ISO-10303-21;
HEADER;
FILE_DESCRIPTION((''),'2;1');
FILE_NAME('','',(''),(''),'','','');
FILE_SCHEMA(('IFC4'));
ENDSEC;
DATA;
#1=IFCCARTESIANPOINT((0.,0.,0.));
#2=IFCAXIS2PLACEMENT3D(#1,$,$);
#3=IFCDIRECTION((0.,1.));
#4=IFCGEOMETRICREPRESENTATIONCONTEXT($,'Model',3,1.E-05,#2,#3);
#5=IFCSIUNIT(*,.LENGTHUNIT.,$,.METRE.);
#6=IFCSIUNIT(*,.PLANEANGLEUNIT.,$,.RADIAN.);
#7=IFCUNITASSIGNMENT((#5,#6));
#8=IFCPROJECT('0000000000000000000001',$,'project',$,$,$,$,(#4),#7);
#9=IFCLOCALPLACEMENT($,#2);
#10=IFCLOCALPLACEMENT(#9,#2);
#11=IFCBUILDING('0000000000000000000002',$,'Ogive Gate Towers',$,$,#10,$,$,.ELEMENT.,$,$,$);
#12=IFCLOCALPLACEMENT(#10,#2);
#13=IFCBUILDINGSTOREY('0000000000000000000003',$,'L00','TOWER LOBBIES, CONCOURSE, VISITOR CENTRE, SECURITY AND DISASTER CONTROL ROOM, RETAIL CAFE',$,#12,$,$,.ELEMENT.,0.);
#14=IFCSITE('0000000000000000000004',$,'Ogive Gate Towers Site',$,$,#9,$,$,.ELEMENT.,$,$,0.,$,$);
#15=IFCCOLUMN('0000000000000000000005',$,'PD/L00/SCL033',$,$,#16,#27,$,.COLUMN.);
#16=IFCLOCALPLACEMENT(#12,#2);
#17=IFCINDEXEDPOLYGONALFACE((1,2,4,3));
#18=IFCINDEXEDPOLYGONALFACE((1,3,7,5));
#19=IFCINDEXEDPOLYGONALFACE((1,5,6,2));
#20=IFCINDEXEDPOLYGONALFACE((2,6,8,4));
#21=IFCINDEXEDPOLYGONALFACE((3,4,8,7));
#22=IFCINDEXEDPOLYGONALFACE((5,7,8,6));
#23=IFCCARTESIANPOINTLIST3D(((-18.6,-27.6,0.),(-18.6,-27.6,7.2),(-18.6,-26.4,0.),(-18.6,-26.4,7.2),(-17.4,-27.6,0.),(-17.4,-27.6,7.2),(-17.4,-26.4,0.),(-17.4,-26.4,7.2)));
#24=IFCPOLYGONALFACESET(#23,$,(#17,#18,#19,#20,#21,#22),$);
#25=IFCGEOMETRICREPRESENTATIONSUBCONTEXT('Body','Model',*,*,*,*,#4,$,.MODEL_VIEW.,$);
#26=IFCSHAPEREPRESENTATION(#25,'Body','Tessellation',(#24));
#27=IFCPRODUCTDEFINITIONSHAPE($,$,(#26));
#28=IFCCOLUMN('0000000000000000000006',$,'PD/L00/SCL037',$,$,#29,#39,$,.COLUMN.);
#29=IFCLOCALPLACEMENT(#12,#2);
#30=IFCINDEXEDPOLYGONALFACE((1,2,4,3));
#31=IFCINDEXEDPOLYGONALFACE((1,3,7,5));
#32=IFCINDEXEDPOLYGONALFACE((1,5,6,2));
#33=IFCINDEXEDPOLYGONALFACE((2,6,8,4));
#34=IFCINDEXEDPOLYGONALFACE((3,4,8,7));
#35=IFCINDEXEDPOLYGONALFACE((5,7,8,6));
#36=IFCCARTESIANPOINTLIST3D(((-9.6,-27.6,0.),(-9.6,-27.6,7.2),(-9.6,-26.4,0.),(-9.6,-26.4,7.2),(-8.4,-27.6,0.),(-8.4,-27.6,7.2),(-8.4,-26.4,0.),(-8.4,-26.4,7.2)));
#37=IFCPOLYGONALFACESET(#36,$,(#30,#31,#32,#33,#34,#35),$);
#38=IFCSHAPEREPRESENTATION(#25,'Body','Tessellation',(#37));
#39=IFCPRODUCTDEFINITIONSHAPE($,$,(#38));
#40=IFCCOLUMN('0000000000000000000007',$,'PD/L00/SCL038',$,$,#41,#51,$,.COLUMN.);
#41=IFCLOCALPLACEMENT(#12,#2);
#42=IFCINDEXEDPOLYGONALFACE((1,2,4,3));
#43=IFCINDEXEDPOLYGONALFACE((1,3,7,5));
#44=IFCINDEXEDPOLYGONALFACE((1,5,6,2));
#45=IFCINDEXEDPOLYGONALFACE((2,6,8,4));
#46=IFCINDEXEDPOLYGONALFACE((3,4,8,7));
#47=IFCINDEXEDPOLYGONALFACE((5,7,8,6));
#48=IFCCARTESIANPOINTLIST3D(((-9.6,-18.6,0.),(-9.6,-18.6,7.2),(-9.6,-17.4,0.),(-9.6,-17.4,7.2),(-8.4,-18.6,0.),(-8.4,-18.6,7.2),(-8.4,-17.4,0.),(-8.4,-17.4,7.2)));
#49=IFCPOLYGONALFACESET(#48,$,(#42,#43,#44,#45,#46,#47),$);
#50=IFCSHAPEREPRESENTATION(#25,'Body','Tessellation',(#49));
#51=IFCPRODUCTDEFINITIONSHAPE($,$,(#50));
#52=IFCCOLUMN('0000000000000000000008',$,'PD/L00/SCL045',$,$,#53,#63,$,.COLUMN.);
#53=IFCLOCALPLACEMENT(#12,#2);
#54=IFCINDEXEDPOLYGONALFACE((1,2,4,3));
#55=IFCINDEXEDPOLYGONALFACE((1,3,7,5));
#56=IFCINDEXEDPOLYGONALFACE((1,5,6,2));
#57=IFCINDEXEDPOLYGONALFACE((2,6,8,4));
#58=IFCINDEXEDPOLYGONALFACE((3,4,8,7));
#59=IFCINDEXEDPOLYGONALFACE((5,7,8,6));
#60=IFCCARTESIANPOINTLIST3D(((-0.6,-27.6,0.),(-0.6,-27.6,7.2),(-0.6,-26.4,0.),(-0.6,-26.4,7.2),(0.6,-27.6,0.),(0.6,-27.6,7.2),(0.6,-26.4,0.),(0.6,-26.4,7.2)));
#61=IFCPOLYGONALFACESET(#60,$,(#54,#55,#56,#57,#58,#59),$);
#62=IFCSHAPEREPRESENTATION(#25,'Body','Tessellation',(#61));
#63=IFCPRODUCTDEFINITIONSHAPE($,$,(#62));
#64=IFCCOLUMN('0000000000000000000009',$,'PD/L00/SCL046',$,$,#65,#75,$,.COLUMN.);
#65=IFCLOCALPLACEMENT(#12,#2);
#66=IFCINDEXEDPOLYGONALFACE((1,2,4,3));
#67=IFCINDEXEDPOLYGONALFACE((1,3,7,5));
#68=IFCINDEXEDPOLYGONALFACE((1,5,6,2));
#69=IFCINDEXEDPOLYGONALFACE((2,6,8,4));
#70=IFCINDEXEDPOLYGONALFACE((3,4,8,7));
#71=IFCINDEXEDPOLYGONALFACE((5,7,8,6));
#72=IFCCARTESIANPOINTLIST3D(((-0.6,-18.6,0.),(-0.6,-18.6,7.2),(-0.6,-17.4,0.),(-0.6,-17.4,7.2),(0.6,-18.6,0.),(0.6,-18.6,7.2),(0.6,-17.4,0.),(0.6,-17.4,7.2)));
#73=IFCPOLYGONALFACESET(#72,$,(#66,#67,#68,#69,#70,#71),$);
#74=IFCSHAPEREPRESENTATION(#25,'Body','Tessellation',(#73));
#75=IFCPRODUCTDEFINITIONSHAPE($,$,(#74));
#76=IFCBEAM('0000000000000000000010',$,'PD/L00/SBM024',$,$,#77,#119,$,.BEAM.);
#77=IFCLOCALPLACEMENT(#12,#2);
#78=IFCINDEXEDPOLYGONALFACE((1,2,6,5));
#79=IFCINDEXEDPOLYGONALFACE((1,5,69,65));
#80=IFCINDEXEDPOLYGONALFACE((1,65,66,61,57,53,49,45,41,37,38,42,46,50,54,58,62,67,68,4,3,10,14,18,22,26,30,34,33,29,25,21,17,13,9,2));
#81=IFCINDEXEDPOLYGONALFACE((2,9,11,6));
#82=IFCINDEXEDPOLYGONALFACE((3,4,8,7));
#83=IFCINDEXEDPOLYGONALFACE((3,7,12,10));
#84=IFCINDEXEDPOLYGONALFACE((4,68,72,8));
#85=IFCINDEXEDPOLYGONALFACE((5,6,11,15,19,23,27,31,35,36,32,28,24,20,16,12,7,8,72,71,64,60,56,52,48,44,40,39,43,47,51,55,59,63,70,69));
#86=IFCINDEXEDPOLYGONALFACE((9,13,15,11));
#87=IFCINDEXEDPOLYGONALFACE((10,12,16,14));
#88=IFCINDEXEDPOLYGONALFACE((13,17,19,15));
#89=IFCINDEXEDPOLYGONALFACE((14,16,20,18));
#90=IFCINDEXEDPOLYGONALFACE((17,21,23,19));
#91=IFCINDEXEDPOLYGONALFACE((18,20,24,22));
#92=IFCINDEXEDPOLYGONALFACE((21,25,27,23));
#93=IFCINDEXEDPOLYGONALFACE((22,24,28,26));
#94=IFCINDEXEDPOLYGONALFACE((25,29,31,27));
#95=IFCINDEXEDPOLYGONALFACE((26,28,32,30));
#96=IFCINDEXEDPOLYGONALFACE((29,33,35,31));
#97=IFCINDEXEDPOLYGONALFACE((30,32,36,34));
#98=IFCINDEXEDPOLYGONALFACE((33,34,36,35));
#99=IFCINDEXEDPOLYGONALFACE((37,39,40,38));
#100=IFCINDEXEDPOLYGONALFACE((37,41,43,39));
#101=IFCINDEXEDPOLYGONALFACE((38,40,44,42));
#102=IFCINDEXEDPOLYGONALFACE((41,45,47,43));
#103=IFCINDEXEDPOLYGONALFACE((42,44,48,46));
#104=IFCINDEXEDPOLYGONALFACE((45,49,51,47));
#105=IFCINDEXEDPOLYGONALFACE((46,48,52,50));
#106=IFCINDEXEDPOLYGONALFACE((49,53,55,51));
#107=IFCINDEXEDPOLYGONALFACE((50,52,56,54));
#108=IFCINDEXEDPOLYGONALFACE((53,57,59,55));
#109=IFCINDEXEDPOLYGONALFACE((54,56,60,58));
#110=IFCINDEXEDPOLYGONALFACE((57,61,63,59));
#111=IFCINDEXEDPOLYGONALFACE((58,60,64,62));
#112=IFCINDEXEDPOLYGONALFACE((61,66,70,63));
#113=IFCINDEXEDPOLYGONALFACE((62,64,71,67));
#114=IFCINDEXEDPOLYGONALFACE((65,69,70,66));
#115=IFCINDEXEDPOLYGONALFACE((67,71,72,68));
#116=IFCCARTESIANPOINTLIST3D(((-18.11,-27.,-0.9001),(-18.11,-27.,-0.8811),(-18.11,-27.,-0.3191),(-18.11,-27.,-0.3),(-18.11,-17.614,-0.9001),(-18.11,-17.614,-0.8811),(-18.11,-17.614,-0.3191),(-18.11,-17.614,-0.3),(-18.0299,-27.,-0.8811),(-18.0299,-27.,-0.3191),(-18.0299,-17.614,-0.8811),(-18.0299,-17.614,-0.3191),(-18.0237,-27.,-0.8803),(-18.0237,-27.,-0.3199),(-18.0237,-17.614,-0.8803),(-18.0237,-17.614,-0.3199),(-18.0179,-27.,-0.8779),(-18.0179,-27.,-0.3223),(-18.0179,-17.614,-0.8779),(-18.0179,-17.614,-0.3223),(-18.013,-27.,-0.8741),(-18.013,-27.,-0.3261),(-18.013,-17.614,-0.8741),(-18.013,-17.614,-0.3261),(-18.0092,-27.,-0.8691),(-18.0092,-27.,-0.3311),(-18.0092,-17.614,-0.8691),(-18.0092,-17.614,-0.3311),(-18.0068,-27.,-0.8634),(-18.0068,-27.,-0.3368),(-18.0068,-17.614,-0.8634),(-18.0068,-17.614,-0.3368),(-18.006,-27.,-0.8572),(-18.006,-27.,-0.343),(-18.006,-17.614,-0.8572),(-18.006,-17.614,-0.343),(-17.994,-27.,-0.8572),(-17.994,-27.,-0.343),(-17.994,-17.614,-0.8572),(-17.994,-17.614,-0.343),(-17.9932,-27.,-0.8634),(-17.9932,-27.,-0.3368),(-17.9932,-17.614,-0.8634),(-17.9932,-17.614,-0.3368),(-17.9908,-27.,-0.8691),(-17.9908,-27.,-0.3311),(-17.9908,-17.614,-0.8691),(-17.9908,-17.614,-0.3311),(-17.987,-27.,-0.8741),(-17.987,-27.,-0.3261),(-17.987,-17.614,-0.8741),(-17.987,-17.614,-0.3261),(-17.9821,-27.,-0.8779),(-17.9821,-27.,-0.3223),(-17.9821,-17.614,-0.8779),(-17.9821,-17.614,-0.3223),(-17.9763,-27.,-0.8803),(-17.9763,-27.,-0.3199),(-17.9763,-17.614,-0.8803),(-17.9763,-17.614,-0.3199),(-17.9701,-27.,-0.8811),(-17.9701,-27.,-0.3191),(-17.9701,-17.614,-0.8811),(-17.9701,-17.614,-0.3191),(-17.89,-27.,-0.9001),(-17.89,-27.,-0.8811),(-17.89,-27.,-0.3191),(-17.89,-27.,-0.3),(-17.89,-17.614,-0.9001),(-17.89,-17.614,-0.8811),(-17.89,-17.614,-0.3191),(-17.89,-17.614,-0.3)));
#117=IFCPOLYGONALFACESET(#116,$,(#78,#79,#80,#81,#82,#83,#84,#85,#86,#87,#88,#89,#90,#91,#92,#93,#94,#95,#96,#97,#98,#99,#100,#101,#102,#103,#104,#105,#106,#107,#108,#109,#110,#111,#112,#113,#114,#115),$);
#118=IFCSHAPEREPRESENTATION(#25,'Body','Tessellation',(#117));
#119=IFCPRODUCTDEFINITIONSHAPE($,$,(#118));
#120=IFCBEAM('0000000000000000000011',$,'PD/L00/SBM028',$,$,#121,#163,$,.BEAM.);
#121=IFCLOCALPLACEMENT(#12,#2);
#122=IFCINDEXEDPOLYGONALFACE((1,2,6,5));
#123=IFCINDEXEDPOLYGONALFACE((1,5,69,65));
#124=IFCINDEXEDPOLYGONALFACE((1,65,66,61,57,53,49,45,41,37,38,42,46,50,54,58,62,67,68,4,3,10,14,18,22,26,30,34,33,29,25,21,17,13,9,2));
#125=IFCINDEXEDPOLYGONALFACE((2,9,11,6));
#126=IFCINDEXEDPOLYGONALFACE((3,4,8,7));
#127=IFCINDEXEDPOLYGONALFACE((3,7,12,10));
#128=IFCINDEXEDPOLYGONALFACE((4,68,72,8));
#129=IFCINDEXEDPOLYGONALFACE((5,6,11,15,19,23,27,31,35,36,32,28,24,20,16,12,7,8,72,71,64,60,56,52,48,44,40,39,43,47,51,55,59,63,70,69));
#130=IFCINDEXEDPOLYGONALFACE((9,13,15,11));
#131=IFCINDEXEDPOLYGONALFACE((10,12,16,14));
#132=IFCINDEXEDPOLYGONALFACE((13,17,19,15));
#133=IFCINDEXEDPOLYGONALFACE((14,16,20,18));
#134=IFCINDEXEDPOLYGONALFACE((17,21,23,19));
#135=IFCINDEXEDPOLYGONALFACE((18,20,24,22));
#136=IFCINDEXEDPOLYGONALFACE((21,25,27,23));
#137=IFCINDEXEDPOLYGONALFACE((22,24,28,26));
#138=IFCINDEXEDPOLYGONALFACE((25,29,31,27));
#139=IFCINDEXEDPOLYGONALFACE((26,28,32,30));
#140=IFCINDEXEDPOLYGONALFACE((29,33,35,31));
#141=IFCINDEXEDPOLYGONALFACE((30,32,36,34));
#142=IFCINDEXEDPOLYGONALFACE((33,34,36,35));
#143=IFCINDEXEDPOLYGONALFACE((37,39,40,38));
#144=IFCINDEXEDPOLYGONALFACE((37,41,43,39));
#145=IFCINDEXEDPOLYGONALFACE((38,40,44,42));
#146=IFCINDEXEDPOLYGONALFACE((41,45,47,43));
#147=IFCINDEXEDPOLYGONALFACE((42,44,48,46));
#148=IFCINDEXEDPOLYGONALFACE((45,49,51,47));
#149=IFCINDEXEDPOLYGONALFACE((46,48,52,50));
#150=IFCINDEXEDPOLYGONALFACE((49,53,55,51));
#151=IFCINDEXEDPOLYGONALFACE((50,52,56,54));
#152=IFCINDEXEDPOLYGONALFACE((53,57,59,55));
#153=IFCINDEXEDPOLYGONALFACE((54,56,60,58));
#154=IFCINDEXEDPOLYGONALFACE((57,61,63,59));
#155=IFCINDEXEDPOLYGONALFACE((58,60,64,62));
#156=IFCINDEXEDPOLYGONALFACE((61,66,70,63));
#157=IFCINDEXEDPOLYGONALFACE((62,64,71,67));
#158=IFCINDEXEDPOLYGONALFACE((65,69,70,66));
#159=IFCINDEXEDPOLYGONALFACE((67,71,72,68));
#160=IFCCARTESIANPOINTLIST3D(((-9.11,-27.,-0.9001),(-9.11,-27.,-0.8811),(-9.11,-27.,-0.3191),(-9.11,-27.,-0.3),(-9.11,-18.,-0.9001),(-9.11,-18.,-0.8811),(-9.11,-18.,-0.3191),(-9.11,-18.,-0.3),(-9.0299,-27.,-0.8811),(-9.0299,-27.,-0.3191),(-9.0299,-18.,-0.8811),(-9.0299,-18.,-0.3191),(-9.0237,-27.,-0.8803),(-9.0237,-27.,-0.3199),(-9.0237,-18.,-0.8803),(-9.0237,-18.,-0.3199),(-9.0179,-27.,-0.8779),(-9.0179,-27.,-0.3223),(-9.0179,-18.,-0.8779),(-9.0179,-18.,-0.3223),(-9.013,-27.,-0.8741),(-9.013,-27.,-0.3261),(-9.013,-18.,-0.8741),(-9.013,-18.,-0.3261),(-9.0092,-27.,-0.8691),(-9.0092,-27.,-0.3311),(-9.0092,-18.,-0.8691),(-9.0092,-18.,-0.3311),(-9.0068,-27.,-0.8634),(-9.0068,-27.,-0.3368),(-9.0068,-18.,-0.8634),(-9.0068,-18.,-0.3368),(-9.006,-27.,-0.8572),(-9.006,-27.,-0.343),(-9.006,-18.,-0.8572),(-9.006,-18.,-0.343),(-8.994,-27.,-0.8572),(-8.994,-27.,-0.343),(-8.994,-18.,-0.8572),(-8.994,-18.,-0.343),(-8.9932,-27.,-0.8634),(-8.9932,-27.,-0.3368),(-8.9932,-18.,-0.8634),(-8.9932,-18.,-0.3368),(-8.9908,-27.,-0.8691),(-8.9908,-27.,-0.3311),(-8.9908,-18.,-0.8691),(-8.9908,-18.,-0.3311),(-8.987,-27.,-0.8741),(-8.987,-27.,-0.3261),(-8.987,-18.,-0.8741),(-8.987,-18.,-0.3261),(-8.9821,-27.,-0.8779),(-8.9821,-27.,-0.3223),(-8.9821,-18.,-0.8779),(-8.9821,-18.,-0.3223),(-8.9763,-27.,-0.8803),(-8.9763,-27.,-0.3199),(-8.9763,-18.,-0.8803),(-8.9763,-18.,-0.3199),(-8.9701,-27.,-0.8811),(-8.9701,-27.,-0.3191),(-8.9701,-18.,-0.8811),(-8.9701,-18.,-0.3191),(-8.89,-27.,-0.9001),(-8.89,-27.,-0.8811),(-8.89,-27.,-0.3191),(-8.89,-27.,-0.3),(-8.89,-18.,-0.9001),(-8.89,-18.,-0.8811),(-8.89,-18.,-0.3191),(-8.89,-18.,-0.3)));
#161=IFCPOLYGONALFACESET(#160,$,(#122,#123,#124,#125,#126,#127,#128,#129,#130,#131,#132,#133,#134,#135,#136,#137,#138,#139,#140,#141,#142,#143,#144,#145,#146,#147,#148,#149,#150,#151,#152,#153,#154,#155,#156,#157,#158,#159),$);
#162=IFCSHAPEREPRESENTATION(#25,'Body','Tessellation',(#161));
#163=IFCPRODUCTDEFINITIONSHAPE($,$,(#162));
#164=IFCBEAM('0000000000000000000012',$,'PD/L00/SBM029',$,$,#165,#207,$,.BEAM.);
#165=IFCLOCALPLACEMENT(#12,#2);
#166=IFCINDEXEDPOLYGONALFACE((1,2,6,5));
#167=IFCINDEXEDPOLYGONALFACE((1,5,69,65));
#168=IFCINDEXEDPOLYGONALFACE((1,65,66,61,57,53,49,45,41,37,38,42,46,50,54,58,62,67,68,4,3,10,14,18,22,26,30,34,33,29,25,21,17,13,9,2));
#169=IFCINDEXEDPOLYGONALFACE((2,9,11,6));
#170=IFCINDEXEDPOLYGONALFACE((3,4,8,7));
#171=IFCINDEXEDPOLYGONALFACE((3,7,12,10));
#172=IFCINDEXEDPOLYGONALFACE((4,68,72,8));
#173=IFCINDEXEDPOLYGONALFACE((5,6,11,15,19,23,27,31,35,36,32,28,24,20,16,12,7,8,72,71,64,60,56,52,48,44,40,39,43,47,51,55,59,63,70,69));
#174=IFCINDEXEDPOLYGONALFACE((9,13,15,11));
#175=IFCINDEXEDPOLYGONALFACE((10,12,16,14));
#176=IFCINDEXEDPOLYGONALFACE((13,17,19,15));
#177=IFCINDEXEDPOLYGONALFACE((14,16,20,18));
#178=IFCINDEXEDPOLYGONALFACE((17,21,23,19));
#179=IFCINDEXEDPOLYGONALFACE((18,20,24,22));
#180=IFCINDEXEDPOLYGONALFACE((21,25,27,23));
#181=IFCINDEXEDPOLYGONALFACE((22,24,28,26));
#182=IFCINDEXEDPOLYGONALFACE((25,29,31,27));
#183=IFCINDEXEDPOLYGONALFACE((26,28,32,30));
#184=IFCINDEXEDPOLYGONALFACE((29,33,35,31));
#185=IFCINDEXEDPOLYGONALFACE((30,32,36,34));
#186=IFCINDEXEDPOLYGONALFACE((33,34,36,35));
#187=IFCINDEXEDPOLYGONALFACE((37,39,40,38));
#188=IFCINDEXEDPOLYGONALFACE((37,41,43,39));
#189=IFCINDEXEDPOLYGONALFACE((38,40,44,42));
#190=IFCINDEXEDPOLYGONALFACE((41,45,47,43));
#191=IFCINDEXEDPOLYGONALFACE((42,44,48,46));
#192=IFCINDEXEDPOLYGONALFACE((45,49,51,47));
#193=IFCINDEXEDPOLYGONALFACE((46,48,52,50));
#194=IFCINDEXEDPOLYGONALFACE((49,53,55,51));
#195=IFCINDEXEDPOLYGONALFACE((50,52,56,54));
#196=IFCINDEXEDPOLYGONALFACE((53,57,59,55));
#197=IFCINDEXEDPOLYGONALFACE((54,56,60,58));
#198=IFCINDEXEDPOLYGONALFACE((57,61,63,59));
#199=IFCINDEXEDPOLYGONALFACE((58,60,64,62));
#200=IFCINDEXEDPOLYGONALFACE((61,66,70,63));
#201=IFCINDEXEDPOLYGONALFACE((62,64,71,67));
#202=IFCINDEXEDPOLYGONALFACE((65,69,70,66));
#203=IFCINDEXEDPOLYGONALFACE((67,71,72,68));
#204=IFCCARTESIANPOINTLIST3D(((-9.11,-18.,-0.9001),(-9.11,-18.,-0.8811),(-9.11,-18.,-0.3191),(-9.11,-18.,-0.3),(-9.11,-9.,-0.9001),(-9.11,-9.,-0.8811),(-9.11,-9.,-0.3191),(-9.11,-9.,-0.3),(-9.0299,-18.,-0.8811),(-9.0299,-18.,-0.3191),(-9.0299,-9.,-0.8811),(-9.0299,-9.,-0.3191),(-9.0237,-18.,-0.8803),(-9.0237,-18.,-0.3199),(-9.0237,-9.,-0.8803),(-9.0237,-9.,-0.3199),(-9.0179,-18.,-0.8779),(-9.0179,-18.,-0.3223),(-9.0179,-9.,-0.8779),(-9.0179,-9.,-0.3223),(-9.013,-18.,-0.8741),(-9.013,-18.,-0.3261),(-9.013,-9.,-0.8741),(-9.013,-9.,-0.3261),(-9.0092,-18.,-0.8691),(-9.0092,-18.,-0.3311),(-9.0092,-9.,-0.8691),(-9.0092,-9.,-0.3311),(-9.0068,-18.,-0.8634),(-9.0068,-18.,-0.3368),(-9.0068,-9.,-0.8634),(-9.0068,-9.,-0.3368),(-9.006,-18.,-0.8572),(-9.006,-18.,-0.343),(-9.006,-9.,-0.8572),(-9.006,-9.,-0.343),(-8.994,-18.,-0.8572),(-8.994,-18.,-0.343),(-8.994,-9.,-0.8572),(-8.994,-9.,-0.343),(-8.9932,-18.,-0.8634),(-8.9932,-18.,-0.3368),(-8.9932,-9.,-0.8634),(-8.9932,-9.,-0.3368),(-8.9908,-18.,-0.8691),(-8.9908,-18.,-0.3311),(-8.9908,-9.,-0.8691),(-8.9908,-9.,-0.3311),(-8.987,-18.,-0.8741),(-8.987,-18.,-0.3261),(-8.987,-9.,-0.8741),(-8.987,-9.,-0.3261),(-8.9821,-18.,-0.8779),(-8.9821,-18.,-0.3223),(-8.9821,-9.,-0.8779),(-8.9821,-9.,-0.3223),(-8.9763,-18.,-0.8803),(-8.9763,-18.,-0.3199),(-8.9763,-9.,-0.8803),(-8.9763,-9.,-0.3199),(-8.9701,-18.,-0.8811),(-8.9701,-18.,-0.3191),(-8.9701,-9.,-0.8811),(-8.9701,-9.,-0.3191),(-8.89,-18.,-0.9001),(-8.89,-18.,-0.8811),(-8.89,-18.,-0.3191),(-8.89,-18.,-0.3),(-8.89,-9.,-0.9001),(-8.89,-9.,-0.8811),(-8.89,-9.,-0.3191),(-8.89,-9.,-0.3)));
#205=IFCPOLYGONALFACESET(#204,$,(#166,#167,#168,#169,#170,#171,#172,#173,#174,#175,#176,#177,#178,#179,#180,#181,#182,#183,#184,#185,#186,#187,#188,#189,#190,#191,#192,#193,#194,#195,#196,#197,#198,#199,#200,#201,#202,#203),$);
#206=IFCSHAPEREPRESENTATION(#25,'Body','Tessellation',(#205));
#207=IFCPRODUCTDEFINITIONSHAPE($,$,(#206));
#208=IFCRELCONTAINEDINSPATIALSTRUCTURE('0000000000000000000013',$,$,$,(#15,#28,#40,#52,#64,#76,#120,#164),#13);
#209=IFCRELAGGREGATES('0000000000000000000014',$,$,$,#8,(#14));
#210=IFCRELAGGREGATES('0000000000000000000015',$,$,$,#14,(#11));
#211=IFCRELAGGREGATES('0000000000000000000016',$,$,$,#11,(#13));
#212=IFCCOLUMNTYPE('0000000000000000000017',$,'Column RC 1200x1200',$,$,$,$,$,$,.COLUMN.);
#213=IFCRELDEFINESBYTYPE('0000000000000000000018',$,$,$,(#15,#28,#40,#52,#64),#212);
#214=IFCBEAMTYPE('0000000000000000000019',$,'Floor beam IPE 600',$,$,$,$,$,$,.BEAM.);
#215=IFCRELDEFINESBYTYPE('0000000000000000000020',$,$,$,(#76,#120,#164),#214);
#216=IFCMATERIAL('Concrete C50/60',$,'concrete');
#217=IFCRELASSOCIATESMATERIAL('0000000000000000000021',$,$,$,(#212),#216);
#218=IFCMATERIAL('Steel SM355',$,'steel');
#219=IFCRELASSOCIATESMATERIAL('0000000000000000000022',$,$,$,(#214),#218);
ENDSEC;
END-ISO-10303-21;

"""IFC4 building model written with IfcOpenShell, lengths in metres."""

from ifc_helpers import new_model, si_unit, direction, frame, origin, origin_2d, place, context, subcontext, project, spatial, rectangle, i_section, extrude, material, material_profile, profile_set, type_object, element, save


model = new_model("IFC4")

# Units and contexts
model_context = context("Model", 3, precision=1e-05, world=origin(), true_north=direction((0.0, 1.0)))
body_context = subcontext(model_context, "Body", "Model", "MODEL_VIEW")
ifc_project = project(units=[si_unit("LENGTHUNIT", "METRE"), si_unit("PLANEANGLEUNIT", "RADIAN")], contexts=[model_context])

# Site, building, storey
site_placement = place(None, origin())
site = spatial("IfcSite", under=ifc_project, at=site_placement, Name="Ogive Gate Towers Site", CompositionType="ELEMENT", RefElevation=0.0)
building_placement = place(site_placement, origin())
building = spatial("IfcBuilding", under=site, at=building_placement, Name="Ogive Gate Towers", CompositionType="ELEMENT")
storey_placement = place(building_placement, origin())
storey = spatial("IfcBuildingStorey", under=building, at=storey_placement, Name="L00", Description="TOWER LOBBIES, CONCOURSE, VISITOR CENTRE, SECURITY AND DISASTER CONTROL ROOM, RETAIL CAFE", CompositionType="ELEMENT", Elevation=0.0)

# Columns
ifc_material_1 = material(Name="Concrete C50/60", Category="concrete")
ifc_material_profile_1 = material_profile(ifc_material_1, rectangle(XDim=1.2, YDim=1.2, at=origin_2d()), Name="RC 1200x1200")
ifc_profile_set_1 = profile_set([ifc_material_profile_1], Name="Concrete C50/60")
column_type = type_object("IfcColumnType", Name="Column RC 1200x1200", PredefinedType="COLUMN", material=ifc_profile_set_1)
for number, where, z_axis, x_axis, name in (
    (1, (-18.0, -27.0, 0.0), (0.0, 0.0, 1.0), (1.0, 0.0, 0.0), "PD/L00/SCL033"),
    (2, (-9.0, -27.0, 0.0), (0.0, 0.0, 1.0), (1.0, 0.0, 0.0), "PD/L00/SCL037"),
    (3, (-9.0, -18.0, 0.0), (0.0, 0.0, 1.0), (1.0, 0.0, 0.0), "PD/L00/SCL038"),
    (4, (0.0, -27.0, 0.0), (0.0, 0.0, 1.0), (1.0, 0.0, 0.0), "PD/L00/SCL045"),
    (5, (0.0, -18.0, 0.0), (0.0, 0.0, 1.0), (1.0, 0.0, 0.0), "PD/L00/SCL046"),
):
    element("IfcColumn", number, at=place(storey_placement, frame(where, z_axis=z_axis, x_axis=x_axis)), inside=storey, type_object=column_type, Name=name, PredefinedType="COLUMN", context=body_context, shape_type="SweptSolid", body=[
        extrude(rectangle(XDim=1.2, YDim=1.2, at=origin_2d()), origin(), (0.0, 0.0, 1.0), 7.2),
    ])

# Beams
ifc_material_2 = material(Name="Steel SM355", Category="steel")
ifc_material_profile_2 = material_profile(ifc_material_2, i_section(OverallWidth=0.22, OverallDepth=0.6001, WebThickness=0.012, FlangeThickness=0.019, FilletRadius=0.0239, at=origin_2d()), Name="IPE 600")
ifc_profile_set_2 = profile_set([ifc_material_profile_2], Name="Steel SM355")
beam_type = type_object("IfcBeamType", Name="Floor beam IPE 600", PredefinedType="BEAM", material=ifc_profile_set_2)
beam_placement = place(storey_placement, frame((-18.0, -27.0, -0.6001), z_axis=(0.0, 1.0, 0.0), x_axis=(-1.0, 0.0, 0.0)))
element("IfcBeam", 6, at=beam_placement, inside=storey, type_object=beam_type, Name="PD/L00/SBM024", PredefinedType="BEAM", context=body_context, shape_type="SweptSolid", body=[
    extrude(i_section(OverallWidth=0.22, OverallDepth=0.6001, WebThickness=0.012, FlangeThickness=0.019, FilletRadius=0.0239, at=origin_2d()), origin(), (0.0, 0.0, 1.0), 9.386),
])
for number, where, z_axis, x_axis, name in (
    (7, (-9.0, -27.0, -0.6001), (0.0, 1.0, 0.0), (-1.0, 0.0, 0.0), "PD/L00/SBM028"),
    (8, (-9.0, -18.0, -0.6001), (0.0, 1.0, 0.0), (-1.0, 0.0, 0.0), "PD/L00/SBM029"),
):
    element("IfcBeam", number, at=place(storey_placement, frame(where, z_axis=z_axis, x_axis=x_axis)), inside=storey, type_object=beam_type, Name=name, PredefinedType="BEAM", context=body_context, shape_type="SweptSolid", body=[
        extrude(i_section(OverallWidth=0.22, OverallDepth=0.6001, WebThickness=0.012, FlangeThickness=0.019, FilletRadius=0.0239, at=origin_2d()), origin(), (0.0, 0.0, 1.0), 9.0),
    ])

save(model, "model.ifc")
